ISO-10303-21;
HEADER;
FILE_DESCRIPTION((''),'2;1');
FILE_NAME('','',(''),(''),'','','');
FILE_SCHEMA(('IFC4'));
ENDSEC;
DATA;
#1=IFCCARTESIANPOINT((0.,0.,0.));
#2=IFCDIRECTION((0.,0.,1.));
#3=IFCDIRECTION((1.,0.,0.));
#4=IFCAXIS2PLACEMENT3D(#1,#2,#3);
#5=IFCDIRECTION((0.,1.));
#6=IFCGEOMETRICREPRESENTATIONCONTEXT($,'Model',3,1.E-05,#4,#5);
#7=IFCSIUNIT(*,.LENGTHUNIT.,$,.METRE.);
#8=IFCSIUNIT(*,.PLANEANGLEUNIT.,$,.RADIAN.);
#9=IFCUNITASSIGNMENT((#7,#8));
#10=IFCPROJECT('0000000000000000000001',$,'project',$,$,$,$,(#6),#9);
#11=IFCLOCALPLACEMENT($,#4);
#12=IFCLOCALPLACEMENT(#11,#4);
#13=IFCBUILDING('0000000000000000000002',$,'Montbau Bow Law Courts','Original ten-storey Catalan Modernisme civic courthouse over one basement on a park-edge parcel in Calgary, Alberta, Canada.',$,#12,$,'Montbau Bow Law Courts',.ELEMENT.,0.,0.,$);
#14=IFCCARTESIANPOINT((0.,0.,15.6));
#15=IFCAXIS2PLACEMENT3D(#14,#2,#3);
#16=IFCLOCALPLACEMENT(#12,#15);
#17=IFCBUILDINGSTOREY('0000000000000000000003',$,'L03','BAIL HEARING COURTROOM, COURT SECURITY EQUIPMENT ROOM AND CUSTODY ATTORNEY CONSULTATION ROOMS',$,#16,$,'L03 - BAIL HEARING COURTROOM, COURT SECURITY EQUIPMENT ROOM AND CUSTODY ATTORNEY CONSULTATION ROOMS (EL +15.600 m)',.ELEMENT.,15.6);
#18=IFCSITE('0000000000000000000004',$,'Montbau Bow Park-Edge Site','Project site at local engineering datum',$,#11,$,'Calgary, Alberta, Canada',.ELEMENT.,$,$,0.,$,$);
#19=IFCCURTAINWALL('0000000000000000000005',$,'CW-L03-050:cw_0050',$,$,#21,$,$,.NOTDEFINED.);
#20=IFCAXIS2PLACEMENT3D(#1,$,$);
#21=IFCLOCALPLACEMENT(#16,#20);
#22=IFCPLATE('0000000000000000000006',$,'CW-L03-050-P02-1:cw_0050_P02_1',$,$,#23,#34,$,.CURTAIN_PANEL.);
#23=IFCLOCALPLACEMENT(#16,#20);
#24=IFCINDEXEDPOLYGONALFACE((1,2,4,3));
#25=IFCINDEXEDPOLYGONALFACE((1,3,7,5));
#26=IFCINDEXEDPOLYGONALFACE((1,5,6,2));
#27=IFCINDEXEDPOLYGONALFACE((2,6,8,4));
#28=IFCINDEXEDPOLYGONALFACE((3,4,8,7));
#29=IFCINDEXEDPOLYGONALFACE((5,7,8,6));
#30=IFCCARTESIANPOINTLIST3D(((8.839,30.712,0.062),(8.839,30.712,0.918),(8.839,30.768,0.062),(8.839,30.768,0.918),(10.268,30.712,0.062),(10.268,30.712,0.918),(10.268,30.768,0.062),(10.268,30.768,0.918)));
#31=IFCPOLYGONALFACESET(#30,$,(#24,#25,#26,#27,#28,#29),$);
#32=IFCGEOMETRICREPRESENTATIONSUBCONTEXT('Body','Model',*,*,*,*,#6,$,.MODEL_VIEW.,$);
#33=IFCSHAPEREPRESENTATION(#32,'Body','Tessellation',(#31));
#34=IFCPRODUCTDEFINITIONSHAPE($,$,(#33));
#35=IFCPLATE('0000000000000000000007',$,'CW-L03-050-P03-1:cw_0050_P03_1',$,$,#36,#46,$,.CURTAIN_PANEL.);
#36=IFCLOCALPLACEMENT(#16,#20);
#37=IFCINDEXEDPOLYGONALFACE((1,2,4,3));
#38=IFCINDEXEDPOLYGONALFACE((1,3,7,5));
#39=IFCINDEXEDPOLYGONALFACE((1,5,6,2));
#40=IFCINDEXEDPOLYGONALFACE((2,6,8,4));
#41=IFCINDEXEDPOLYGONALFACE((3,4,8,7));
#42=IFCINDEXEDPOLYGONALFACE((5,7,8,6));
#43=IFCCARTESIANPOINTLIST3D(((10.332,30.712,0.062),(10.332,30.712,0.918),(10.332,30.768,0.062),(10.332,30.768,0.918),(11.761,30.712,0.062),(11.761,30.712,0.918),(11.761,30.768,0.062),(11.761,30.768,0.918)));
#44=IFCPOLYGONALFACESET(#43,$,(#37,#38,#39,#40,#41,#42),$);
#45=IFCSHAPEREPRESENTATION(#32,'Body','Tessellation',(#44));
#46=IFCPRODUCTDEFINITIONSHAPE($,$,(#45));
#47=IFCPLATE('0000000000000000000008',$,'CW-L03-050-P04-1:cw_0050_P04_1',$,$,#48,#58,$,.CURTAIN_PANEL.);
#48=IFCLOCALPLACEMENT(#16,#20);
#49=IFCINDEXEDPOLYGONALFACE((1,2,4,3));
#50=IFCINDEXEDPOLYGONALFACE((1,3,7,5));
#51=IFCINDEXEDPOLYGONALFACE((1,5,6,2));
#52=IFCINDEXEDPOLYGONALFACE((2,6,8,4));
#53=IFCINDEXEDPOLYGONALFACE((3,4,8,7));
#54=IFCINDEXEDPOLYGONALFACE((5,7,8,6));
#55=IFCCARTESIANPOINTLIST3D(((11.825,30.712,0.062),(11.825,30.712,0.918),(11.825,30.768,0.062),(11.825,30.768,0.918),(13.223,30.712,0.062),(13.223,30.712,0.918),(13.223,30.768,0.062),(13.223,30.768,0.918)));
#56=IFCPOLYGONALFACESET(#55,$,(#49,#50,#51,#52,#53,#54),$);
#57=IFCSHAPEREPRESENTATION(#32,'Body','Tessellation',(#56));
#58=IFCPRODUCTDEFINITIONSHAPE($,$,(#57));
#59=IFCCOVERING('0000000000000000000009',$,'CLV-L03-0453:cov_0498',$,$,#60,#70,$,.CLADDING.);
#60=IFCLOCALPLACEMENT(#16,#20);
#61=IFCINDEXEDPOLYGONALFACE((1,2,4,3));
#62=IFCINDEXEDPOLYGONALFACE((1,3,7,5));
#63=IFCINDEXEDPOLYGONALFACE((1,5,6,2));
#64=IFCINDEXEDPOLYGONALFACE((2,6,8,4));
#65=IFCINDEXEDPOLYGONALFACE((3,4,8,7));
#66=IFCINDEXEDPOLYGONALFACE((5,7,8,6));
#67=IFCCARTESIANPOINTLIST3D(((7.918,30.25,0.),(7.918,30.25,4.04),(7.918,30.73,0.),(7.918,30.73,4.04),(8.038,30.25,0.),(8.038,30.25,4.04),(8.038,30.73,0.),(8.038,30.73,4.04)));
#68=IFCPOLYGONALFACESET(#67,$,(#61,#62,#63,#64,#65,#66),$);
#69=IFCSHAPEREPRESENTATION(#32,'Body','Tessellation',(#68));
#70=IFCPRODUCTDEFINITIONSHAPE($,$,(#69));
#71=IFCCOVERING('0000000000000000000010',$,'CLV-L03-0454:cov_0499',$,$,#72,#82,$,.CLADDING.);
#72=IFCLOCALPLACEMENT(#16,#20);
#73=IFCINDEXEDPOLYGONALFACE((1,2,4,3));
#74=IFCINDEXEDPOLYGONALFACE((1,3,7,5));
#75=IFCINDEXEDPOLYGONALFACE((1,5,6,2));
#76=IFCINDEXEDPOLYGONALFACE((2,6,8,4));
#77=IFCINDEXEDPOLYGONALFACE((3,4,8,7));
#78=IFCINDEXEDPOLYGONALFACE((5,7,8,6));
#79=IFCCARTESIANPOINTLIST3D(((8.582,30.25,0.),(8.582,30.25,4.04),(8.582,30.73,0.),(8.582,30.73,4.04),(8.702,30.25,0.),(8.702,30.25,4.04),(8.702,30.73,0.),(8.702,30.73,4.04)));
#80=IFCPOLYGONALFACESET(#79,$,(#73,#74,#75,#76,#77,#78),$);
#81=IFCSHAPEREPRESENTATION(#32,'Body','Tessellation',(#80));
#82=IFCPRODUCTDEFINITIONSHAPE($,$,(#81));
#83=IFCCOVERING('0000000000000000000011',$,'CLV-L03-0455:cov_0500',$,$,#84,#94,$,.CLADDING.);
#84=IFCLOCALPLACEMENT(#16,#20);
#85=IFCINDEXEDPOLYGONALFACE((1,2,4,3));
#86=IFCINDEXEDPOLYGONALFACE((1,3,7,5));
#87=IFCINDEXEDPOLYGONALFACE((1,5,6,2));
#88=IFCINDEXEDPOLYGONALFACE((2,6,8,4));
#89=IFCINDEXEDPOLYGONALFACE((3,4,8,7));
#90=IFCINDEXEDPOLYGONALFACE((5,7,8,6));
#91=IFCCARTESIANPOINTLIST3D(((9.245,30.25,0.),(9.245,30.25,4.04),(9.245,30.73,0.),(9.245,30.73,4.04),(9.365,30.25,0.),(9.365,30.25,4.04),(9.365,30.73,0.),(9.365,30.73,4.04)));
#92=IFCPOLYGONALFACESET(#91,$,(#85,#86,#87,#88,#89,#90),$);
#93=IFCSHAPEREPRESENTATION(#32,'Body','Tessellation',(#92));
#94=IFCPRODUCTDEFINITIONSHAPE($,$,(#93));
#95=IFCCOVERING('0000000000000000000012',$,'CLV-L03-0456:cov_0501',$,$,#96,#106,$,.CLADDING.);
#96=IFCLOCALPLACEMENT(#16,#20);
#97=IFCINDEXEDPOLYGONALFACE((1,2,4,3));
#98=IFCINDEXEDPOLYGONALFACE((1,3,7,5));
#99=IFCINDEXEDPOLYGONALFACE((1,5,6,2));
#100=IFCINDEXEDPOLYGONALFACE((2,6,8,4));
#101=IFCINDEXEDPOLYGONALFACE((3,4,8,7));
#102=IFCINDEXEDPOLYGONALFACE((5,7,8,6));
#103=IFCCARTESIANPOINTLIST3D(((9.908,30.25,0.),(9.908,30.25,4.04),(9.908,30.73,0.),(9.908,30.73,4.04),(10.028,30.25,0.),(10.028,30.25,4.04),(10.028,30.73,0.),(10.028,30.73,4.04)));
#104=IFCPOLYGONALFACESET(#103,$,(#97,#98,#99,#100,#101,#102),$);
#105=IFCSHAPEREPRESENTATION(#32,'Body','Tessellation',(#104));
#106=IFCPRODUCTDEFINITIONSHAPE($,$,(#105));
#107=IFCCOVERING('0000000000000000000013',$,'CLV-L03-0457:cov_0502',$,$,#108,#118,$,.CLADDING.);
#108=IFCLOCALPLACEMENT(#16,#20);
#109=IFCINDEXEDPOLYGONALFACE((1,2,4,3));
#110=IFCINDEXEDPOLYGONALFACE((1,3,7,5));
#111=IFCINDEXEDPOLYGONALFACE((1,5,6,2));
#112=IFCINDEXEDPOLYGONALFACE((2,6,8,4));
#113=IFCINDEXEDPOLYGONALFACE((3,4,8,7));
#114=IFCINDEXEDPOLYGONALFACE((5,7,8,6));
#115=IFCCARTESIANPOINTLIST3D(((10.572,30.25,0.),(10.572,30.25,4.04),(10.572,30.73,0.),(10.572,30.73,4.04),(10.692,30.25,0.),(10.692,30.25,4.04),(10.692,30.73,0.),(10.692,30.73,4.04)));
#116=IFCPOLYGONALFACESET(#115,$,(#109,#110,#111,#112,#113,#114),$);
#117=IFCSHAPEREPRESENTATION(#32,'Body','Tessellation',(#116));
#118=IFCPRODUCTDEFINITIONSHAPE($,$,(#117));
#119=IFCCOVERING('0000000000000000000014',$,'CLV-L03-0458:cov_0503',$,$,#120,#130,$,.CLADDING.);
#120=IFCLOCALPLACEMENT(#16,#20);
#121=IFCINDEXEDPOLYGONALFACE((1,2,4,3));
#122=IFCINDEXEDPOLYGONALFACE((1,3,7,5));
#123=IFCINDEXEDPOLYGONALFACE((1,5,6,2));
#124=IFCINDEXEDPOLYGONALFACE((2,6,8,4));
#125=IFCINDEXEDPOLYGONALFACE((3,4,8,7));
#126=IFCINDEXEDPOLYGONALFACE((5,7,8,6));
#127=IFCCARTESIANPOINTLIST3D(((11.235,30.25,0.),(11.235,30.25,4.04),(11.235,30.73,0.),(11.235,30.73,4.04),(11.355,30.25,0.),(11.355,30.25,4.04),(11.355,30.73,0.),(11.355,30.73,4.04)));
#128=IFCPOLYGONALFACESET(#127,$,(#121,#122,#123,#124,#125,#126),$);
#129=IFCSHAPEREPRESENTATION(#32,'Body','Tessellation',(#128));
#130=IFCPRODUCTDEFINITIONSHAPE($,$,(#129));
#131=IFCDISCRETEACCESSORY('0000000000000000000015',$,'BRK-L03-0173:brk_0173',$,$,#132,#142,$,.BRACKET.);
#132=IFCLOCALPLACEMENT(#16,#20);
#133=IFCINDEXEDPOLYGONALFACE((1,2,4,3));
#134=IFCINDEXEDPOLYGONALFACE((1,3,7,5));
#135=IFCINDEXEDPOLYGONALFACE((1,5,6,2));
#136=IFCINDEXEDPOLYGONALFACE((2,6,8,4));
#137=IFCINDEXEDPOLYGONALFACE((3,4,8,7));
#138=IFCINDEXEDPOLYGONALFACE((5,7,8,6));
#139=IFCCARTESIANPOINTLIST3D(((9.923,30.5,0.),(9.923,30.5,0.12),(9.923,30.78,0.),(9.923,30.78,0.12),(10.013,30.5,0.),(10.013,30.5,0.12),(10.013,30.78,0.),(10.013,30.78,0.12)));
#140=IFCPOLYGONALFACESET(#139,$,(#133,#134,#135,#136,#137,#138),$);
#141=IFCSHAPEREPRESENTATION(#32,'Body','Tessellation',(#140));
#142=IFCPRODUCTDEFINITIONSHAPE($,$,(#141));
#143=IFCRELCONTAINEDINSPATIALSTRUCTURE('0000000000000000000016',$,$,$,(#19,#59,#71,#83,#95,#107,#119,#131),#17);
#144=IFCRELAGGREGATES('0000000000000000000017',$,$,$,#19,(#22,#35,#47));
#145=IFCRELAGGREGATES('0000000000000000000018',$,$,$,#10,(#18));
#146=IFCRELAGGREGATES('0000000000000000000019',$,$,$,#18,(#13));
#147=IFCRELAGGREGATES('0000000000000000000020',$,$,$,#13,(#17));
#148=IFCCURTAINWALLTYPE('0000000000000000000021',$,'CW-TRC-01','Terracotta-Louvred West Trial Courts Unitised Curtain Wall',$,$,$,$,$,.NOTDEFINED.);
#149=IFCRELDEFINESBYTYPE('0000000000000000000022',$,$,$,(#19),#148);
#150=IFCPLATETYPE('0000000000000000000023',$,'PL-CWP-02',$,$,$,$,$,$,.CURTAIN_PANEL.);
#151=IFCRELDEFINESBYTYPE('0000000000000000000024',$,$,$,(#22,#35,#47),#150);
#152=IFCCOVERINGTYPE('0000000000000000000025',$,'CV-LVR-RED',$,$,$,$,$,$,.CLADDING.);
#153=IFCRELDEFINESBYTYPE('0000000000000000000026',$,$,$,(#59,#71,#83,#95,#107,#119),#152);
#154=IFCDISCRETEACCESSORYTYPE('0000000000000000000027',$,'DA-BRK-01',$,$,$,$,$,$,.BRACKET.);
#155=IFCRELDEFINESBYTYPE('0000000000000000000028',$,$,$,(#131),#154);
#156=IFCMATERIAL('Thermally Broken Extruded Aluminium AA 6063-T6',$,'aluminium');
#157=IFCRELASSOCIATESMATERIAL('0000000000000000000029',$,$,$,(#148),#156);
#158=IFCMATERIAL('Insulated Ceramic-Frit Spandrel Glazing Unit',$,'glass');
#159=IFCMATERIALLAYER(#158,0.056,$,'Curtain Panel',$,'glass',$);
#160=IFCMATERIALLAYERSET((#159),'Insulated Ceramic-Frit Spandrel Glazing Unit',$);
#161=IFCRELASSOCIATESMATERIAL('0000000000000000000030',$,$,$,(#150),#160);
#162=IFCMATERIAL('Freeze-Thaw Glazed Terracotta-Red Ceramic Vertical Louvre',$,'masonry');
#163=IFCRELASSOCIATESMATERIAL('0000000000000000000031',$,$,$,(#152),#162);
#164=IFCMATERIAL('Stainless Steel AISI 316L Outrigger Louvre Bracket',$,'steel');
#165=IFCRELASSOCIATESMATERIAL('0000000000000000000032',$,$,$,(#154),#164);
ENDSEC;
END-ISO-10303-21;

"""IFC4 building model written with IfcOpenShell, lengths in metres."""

from ifc_helpers import new_model, si_unit, direction, frame, frame_2d, origin_with_axes, origin_2d_with_axis, place, context, subcontext, project, spatial, rectangle, extrude, material, layer, layer_set, type_object, element, aggregate, save


model = new_model("IFC4")

# Units and contexts
model_context = context("Model", 3, precision=1e-05, world=origin_with_axes(), true_north=direction((0.0, 1.0)))
body_context = subcontext(model_context, "Body", "Model", "MODEL_VIEW")
ifc_project = project(units=[si_unit("LENGTHUNIT", "METRE"), si_unit("PLANEANGLEUNIT", "RADIAN")], contexts=[model_context])

# Site, building, storey
site_placement = place(None, origin_with_axes())
site = spatial("IfcSite", under=ifc_project, at=site_placement, Name="Montbau Bow Park-Edge Site", Description="Project site at local engineering datum", LongName="Calgary, Alberta, Canada", CompositionType="ELEMENT", RefElevation=0.0)
building_placement = place(site_placement, origin_with_axes())
building = spatial("IfcBuilding", under=site, at=building_placement, Name="Montbau Bow Law Courts", Description="Original ten-storey Catalan Modernisme civic courthouse over one basement on a park-edge parcel in Calgary, Alberta, Canada.", LongName="Montbau Bow Law Courts", CompositionType="ELEMENT", ElevationOfRefHeight=0.0, ElevationOfTerrain=0.0)
storey_placement = place(building_placement, frame((0.0, 0.0, 15.6), z_axis=(0.0, 0.0, 1.0), x_axis=(1.0, 0.0, 0.0)))
storey = spatial("IfcBuildingStorey", under=building, at=storey_placement, Name="L03", Description="BAIL HEARING COURTROOM, COURT SECURITY EQUIPMENT ROOM AND CUSTODY ATTORNEY CONSULTATION ROOMS", LongName="L03 - BAIL HEARING COURTROOM, COURT SECURITY EQUIPMENT ROOM AND CUSTODY ATTORNEY CONSULTATION ROOMS (EL +15.600 m)", CompositionType="ELEMENT", Elevation=15.6)

# Curtain wall, plates
ifc_material_1 = material(Name="Thermally Broken Extruded Aluminium AA 6063-T6", Category="aluminium")
curtain_wall_type = type_object("IfcCurtainWallType", Name="CW-TRC-01", Description="Terracotta-Louvred West Trial Courts Unitised Curtain Wall", PredefinedType="NOTDEFINED", material=ifc_material_1)
curtain_wall_placement = place(None, frame((7.315, 30.74, 15.6), z_axis=(0.0, 0.0, 1.0), x_axis=(1.0, 0.0, 0.0)))
curtain_wall = element("IfcCurtainWall", 1, at=curtain_wall_placement, inside=storey, type_object=curtain_wall_type, Name="CW-L03-050:cw_0050", PredefinedType="NOTDEFINED")
ifc_material_2 = material(Name="Insulated Ceramic-Frit Spandrel Glazing Unit", Category="glass")
ifc_layer_1 = layer(ifc_material_2, 0.056, Name="Curtain Panel", Category="glass")
ifc_layer_set_1 = layer_set([ifc_layer_1], Name="Insulated Ceramic-Frit Spandrel Glazing Unit")
plate_type_1 = type_object("IfcPlateType", Name="PL-CWP-02", PredefinedType="CURTAIN_PANEL", material=ifc_layer_set_1)
plate_1_placement = place(None, frame((8.839, 30.74, 15.662), z_axis=(0.0, -1.0, 0.0), x_axis=(1.0, 0.0, 0.0)))
plate_1 = element("IfcPlate", 2, at=plate_1_placement, type_object=plate_type_1, Name="CW-L03-050-P02-1:cw_0050_P02_1", PredefinedType="CURTAIN_PANEL", context=body_context, shape_type="SweptSolid", body=[
    extrude(rectangle(XDim=1.429, YDim=0.856, at=frame_2d((0.7145, 0.428), x_axis=(1.0, 0.0))), frame((0.0, 0.0, -0.028), z_axis=(0.0, 0.0, 1.0), x_axis=(1.0, 0.0, 0.0)), (0.0, 0.0, 1.0), 0.056),
])
plate_2_placement = place(None, frame((10.332, 30.74, 15.662), z_axis=(0.0, -1.0, 0.0), x_axis=(1.0, 0.0, 0.0)))
plate_2 = element("IfcPlate", 3, at=plate_2_placement, type_object=plate_type_1, Name="CW-L03-050-P03-1:cw_0050_P03_1", PredefinedType="CURTAIN_PANEL", context=body_context, shape_type="SweptSolid", body=[
    extrude(rectangle(XDim=1.429, YDim=0.856, at=frame_2d((0.7145, 0.428), x_axis=(1.0, 0.0))), frame((0.0, 0.0, -0.028), z_axis=(0.0, 0.0, 1.0), x_axis=(1.0, 0.0, 0.0)), (0.0, 0.0, 1.0), 0.056),
])
plate_3_placement = place(None, frame((11.825, 30.74, 15.662), z_axis=(0.0, -1.0, 0.0), x_axis=(1.0, 0.0, 0.0)))
plate_3 = element("IfcPlate", 4, at=plate_3_placement, type_object=plate_type_1, Name="CW-L03-050-P04-1:cw_0050_P04_1", PredefinedType="CURTAIN_PANEL", context=body_context, shape_type="SweptSolid", body=[
    extrude(rectangle(XDim=1.398, YDim=0.856, at=frame_2d((0.699, 0.428), x_axis=(1.0, 0.0))), frame((0.0, 0.0, -0.028), z_axis=(0.0, 0.0, 1.0), x_axis=(1.0, 0.0, 0.0)), (0.0, 0.0, 1.0), 0.056),
])
aggregate(curtain_wall, [plate_1, plate_2, plate_3])

# Coverings
ifc_material_3 = material(Name="Freeze-Thaw Glazed Terracotta-Red Ceramic Vertical Louvre", Category="masonry")
covering_type = type_object("IfcCoveringType", Name="CV-LVR-RED", PredefinedType="CLADDING", material=ifc_material_3)
for number, where, z_axis, x_axis, name in (
    (5, (7.978, 30.73, 15.6), (-1.0, 0.0, 0.0), (0.0, -1.0, 0.0), "CLV-L03-0453:cov_0498"),
    (6, (8.642, 30.73, 15.6), (-1.0, 0.0, 0.0), (0.0, -1.0, 0.0), "CLV-L03-0454:cov_0499"),
    (7, (9.305, 30.73, 15.6), (-1.0, 0.0, 0.0), (0.0, -1.0, 0.0), "CLV-L03-0455:cov_0500"),
    (8, (9.968, 30.73, 15.6), (-1.0, 0.0, 0.0), (0.0, -1.0, 0.0), "CLV-L03-0456:cov_0501"),
    (9, (10.632, 30.73, 15.6), (-1.0, 0.0, 0.0), (0.0, -1.0, 0.0), "CLV-L03-0457:cov_0502"),
    (10, (11.295, 30.73, 15.6), (-1.0, 0.0, 0.0), (0.0, -1.0, 0.0), "CLV-L03-0458:cov_0503"),
):
    element("IfcCovering", number, at=place(None, frame(where, z_axis=z_axis, x_axis=x_axis)), inside=storey, type_object=covering_type, Name=name, PredefinedType="CLADDING", context=body_context, shape_type="SweptSolid", body=[
        extrude(rectangle(XDim=0.48, YDim=4.04, at=frame_2d((0.24, 2.02), x_axis=(1.0, 0.0))), frame((0.0, 0.0, -0.06), z_axis=(0.0, 0.0, 1.0), x_axis=(1.0, 0.0, 0.0)), (0.0, 0.0, 1.0), 0.12),
    ])

# Discrete accessory
ifc_material_4 = material(Name="Stainless Steel AISI 316L Outrigger Louvre Bracket", Category="steel")
discrete_accessory_type = type_object("IfcDiscreteAccessoryType", Name="DA-BRK-01", PredefinedType="BRACKET", material=ifc_material_4)
discrete_accessory_placement = place(None, frame((9.968, 30.64, 15.6), z_axis=(0.0, 0.0, 1.0), x_axis=(0.0, -1.0, 0.0)))
element("IfcDiscreteAccessory", 11, at=discrete_accessory_placement, inside=storey, type_object=discrete_accessory_type, Name="BRK-L03-0173:brk_0173", PredefinedType="BRACKET", context=body_context, shape_type="SweptSolid", body=[
    extrude(rectangle(XDim=0.28, YDim=0.09, at=origin_2d_with_axis()), origin_with_axes(), (0.0, 0.0, 1.0), 0.12),
])

save(model, "model.ifc")
